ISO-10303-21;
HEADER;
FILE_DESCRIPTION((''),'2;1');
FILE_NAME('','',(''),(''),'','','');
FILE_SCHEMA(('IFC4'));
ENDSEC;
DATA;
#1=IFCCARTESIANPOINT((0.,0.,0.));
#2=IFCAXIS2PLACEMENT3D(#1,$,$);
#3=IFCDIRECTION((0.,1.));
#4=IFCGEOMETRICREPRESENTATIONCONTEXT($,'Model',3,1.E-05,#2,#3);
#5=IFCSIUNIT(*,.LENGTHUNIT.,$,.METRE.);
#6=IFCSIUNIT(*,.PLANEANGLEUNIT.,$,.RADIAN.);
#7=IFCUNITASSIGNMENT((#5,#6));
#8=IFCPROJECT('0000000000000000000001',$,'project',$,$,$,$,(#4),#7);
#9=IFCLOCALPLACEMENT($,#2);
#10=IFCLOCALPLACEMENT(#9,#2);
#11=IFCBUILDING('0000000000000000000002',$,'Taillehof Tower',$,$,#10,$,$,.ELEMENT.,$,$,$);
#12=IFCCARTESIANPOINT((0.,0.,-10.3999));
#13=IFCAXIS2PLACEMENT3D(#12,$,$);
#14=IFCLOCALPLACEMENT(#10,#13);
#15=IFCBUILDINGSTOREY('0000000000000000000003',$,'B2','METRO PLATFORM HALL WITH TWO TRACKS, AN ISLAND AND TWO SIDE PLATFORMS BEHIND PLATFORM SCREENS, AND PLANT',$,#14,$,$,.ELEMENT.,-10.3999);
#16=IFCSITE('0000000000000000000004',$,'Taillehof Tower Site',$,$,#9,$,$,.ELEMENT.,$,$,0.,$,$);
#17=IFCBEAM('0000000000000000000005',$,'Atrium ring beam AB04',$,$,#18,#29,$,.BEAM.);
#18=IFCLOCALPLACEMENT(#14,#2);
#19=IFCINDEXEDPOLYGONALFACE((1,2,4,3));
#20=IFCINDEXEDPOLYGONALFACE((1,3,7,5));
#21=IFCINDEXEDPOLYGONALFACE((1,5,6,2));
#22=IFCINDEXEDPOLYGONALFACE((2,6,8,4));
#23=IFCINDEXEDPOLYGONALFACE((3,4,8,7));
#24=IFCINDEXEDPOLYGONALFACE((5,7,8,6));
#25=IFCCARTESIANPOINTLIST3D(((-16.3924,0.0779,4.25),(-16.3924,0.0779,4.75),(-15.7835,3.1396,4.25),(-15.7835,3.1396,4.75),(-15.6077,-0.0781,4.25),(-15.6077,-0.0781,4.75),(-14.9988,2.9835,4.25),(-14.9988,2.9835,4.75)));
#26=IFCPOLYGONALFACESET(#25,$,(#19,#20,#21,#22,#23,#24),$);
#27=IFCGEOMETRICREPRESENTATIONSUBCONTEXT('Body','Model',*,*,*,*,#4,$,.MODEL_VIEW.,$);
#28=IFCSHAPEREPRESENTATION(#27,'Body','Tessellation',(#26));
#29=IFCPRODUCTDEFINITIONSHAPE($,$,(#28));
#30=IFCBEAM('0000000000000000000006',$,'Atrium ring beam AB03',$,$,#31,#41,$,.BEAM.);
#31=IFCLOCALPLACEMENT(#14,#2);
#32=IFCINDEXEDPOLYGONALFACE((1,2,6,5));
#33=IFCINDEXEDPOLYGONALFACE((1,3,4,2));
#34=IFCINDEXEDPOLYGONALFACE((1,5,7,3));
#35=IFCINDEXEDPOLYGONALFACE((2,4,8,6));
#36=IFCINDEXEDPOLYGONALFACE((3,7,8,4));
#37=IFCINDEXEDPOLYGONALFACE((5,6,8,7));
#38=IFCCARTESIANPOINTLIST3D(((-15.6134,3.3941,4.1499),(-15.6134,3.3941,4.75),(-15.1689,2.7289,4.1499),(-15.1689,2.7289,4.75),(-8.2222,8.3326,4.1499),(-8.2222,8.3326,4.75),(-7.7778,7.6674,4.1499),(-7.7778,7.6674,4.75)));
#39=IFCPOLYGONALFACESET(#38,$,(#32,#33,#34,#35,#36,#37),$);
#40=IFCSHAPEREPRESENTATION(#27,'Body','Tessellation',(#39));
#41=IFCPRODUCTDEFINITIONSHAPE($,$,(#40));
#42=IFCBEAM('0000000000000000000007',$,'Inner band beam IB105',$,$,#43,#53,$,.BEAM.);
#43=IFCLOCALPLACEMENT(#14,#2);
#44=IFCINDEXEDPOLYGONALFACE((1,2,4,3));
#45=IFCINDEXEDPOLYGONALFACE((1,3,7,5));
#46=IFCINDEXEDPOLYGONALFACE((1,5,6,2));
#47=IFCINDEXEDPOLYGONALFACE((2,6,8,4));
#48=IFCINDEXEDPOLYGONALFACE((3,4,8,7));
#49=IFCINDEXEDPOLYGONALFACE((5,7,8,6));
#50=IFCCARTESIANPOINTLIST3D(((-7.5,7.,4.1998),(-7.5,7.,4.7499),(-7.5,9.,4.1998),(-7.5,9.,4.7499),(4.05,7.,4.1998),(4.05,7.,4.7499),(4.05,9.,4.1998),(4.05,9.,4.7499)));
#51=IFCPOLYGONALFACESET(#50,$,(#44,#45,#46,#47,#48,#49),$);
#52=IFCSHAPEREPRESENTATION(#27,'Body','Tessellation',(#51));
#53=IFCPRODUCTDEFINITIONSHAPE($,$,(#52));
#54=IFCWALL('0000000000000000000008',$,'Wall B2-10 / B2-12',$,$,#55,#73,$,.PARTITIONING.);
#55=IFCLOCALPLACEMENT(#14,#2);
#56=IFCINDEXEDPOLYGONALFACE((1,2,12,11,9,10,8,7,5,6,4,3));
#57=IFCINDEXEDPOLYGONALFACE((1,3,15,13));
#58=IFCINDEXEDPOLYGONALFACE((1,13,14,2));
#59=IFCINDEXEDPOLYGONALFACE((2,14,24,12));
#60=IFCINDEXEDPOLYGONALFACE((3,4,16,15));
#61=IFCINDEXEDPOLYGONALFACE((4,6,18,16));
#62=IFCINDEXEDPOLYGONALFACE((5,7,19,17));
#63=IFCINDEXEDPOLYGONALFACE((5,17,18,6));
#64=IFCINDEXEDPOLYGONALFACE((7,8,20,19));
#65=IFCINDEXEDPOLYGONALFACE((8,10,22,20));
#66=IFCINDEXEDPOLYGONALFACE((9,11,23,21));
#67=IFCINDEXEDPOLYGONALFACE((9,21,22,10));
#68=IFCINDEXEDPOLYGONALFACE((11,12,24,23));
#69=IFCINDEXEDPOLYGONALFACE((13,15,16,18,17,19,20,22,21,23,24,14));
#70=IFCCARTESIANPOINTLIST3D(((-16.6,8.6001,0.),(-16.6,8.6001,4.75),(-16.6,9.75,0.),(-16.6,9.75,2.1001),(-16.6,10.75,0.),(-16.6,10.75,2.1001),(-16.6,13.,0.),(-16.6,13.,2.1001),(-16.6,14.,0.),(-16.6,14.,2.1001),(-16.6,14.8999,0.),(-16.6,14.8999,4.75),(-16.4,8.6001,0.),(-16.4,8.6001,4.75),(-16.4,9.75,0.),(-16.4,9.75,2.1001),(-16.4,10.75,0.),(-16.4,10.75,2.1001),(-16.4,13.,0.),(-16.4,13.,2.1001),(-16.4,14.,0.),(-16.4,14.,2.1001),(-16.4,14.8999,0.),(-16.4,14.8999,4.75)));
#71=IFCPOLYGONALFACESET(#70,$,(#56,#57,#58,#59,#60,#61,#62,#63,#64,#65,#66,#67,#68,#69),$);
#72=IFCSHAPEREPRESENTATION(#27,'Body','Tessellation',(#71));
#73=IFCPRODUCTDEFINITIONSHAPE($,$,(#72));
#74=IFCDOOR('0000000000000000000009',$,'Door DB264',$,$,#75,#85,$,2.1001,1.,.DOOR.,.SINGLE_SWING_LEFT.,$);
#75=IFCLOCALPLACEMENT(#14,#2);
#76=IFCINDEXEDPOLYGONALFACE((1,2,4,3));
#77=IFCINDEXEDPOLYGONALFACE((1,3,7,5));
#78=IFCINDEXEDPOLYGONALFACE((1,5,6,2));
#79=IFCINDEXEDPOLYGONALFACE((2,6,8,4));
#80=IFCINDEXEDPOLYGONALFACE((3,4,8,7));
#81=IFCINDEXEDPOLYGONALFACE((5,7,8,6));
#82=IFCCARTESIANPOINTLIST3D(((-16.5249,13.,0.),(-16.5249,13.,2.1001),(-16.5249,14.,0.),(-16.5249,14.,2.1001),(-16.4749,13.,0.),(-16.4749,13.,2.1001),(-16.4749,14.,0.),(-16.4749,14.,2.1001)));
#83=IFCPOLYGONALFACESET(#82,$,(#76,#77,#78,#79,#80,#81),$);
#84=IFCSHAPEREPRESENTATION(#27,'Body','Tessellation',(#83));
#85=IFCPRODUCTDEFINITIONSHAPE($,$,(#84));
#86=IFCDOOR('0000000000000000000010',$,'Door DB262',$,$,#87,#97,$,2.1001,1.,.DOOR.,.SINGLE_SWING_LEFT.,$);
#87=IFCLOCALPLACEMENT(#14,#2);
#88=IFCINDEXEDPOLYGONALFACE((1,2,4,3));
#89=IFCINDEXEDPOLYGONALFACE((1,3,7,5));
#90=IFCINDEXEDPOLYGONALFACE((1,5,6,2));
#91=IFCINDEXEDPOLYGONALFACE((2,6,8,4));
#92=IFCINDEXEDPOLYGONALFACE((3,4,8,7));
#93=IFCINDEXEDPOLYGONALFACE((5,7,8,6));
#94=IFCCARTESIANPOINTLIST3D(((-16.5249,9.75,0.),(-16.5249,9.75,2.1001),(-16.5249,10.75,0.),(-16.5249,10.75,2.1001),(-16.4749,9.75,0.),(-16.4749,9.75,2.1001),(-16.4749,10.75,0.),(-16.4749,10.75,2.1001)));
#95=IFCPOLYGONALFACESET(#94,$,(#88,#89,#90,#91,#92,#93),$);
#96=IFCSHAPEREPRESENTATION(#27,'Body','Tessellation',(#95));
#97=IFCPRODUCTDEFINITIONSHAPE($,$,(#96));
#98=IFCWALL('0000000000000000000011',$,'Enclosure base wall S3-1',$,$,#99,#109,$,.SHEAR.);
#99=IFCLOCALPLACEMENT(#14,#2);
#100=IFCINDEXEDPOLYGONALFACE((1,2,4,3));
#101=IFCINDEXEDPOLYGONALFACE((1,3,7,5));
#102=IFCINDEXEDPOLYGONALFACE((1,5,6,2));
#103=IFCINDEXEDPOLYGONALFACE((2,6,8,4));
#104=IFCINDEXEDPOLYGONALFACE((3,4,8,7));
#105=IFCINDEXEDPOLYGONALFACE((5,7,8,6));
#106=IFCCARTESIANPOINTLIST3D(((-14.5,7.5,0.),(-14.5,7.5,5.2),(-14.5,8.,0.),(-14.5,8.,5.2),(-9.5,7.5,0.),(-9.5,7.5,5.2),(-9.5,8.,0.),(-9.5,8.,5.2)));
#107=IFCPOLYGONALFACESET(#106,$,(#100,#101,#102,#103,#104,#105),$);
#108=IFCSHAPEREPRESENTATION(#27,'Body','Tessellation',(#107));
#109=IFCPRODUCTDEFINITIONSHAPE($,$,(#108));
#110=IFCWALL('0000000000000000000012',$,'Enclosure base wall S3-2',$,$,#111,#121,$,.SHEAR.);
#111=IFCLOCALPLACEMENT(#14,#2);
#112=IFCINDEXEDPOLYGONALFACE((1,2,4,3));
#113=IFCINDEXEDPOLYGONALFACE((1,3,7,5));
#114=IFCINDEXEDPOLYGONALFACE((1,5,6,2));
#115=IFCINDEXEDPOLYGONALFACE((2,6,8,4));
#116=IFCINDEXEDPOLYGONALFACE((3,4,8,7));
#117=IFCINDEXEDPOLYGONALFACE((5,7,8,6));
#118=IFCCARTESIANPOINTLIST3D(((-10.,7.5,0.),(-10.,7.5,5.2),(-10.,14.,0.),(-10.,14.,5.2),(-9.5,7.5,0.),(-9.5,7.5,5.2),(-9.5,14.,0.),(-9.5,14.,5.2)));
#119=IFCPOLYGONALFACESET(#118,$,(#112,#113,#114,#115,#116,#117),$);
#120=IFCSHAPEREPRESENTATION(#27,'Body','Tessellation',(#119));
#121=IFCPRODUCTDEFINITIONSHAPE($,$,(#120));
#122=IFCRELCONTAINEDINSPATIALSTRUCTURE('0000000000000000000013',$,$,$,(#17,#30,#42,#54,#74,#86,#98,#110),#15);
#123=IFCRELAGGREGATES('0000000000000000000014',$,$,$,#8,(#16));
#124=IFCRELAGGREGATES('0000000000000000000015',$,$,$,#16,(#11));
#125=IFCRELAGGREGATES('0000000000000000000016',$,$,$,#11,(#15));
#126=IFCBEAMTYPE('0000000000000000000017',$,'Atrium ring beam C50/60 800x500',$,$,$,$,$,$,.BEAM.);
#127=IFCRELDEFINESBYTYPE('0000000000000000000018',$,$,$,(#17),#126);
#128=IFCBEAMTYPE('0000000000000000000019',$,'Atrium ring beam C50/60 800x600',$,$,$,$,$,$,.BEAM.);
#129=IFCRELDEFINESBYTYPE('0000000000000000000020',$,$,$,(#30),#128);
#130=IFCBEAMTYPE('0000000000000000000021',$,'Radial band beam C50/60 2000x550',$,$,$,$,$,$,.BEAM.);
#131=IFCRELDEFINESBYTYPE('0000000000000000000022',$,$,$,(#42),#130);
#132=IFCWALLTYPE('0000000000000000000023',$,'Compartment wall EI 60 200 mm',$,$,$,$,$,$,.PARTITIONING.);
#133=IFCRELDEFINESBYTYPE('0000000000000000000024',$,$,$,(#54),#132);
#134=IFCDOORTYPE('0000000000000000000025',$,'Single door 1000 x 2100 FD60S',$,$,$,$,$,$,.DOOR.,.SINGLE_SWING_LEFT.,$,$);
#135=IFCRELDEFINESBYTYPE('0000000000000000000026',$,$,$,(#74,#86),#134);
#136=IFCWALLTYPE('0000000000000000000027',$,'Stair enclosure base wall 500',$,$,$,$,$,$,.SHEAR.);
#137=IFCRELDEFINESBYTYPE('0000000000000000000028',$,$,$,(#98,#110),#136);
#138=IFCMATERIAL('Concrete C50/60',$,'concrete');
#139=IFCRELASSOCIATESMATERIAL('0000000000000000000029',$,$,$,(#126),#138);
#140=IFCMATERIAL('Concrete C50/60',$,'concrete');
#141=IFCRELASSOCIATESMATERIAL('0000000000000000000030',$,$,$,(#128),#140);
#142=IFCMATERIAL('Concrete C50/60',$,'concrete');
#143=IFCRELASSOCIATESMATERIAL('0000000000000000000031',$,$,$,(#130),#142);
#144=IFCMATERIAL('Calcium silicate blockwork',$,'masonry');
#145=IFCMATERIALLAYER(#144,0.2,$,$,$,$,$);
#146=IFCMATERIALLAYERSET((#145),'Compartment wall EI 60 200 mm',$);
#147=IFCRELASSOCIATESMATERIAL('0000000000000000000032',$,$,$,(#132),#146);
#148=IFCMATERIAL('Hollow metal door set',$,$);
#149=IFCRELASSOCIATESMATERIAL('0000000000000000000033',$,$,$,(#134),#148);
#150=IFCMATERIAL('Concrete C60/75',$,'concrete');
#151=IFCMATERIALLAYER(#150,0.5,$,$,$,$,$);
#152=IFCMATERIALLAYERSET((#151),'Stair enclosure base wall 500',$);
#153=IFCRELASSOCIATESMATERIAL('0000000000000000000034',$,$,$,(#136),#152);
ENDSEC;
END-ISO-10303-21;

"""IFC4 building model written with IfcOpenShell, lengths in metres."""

from ifc_helpers import new_model, si_unit, direction, frame, frame_2d, origin, origin_2d, place, context, subcontext, project, spatial, rectangle, extrude, material, layer, layer_set, material_profile, profile_set, type_object, element, fill, save


model = new_model("IFC4")

# Units and contexts
model_context = context("Model", 3, precision=1e-05, world=origin(), true_north=direction((0.0, 1.0)))
body_context = subcontext(model_context, "Body", "Model", "MODEL_VIEW")
ifc_project = project(units=[si_unit("LENGTHUNIT", "METRE"), si_unit("PLANEANGLEUNIT", "RADIAN")], contexts=[model_context])

# Site, building, storey
site_placement = place(None, origin())
site = spatial("IfcSite", under=ifc_project, at=site_placement, Name="Taillehof Tower Site", CompositionType="ELEMENT", RefElevation=0.0)
building_placement = place(site_placement, origin())
building = spatial("IfcBuilding", under=site, at=building_placement, Name="Taillehof Tower", CompositionType="ELEMENT")
storey_placement = place(building_placement, frame((0.0, 0.0, -10.3999)))
storey = spatial("IfcBuildingStorey", under=building, at=storey_placement, Name="B2", Description="METRO PLATFORM HALL WITH TWO TRACKS, AN ISLAND AND TWO SIDE PLATFORMS BEHIND PLATFORM SCREENS, AND PLANT", CompositionType="ELEMENT", Elevation=-10.3999)

# Beams
ifc_material_1 = material(Name="Concrete C50/60", Category="concrete")
ifc_material_profile_1 = material_profile(ifc_material_1, rectangle(XDim=0.8, YDim=0.5, at=origin_2d()), Name="RC 800x500")
ifc_profile_set_1 = profile_set([ifc_material_profile_1], Name="Concrete C50/60")
beam_type_1 = type_object("IfcBeamType", Name="Atrium ring beam C50/60 800x500", PredefinedType="BEAM", material=ifc_profile_set_1)
beam_1_placement = place(storey_placement, frame((-15.3911, 3.0615, 4.5), z_axis=(-0.195063, -0.980791, 0.0), x_axis=(0.980791, -0.195063, 0.0)))
element("IfcBeam", 1, at=beam_1_placement, inside=storey, type_object=beam_type_1, Name="Atrium ring beam AB04", PredefinedType="BEAM", context=body_context, shape_type="SweptSolid", body=[
    extrude(rectangle(XDim=0.8, YDim=0.5, at=origin_2d()), origin(), (0.0, 0.0, 1.0), 3.1216),
])
ifc_material_2 = material(Name="Concrete C50/60", Category="concrete")
ifc_material_profile_2 = material_profile(ifc_material_2, rectangle(XDim=0.8, YDim=0.6001, at=origin_2d()), Name="RC 800x600")
ifc_profile_set_2 = profile_set([ifc_material_profile_2], Name="Concrete C50/60")
beam_type_2 = type_object("IfcBeamType", Name="Atrium ring beam C50/60 800x600", PredefinedType="BEAM", material=ifc_profile_set_2)
beam_2_placement = place(storey_placement, frame((-8.0, 8.0, 4.45), z_axis=(-0.831475, -0.555562, 0.0), x_axis=(0.555562, -0.831475, 0.0)))
element("IfcBeam", 2, at=beam_2_placement, inside=storey, type_object=beam_type_2, Name="Atrium ring beam AB03", PredefinedType="BEAM", context=body_context, shape_type="SweptSolid", body=[
    extrude(rectangle(XDim=0.8, YDim=0.6001, at=origin_2d()), origin(), (0.0, 0.0, 1.0), 8.8892),
])
ifc_material_3 = material(Name="Concrete C50/60", Category="concrete")
ifc_material_profile_3 = material_profile(ifc_material_3, rectangle(XDim=2.0, YDim=0.55, at=origin_2d()), Name="RC 2000x550")
ifc_profile_set_3 = profile_set([ifc_material_profile_3], Name="Concrete C50/60")
beam_type_3 = type_object("IfcBeamType", Name="Radial band beam C50/60 2000x550", PredefinedType="BEAM", material=ifc_profile_set_3)
beam_3_placement = place(storey_placement, frame((-7.5, 8.0, 4.4749), z_axis=(1.0, 0.0, 0.0), x_axis=(0.0, 1.0, 0.0)))
element("IfcBeam", 3, at=beam_3_placement, inside=storey, type_object=beam_type_3, Name="Inner band beam IB105", PredefinedType="BEAM", context=body_context, shape_type="SweptSolid", body=[
    extrude(rectangle(XDim=2.0, YDim=0.55, at=origin_2d()), origin(), (0.0, 0.0, 1.0), 11.55),
])

# Wall, openings, doors
ifc_material_4 = material(Name="Calcium silicate blockwork", Category="masonry")
ifc_layer_1 = layer(ifc_material_4, 0.2)
ifc_layer_set_1 = layer_set([ifc_layer_1], Name="Compartment wall EI 60 200 mm")
wall_type_1 = type_object("IfcWallType", Name="Compartment wall EI 60 200 mm", PredefinedType="PARTITIONING", material=ifc_layer_set_1)
wall_1_placement = place(storey_placement, frame((-16.5, 8.6001, 0.0), z_axis=(0.0, 0.0, 1.0), x_axis=(0.0, 1.0, 0.0)))
wall_1 = element("IfcWall", 4, at=wall_1_placement, inside=storey, type_object=wall_type_1, Name="Wall B2-10 / B2-12", PredefinedType="PARTITIONING", context=body_context, shape_type="SweptSolid", body=[
    extrude(rectangle(XDim=6.2998, YDim=0.2, at=frame_2d((3.1499, 0.0))), origin(), (0.0, 0.0, 1.0), 4.75),
])
opening_1_placement = place(wall_1_placement, frame((4.3999, 0.0, 0.0)))
opening_1 = element("IfcOpeningElement", 5, at=opening_1_placement, cuts=wall_1, PredefinedType="OPENING", context=body_context, shape_type="SweptSolid", body=[
    extrude(rectangle(XDim=1.0, YDim=2.1001, at=frame_2d((0.5, 1.05))), frame((0.0, 0.1099, 0.0), z_axis=(0.0, -1.0, 0.0), x_axis=(1.0, 0.0, 0.0)), (0.0, 0.0, 1.0), 0.22),
])
opening_2_placement = place(wall_1_placement, frame((1.1499, 0.0, 0.0)))
opening_2 = element("IfcOpeningElement", 6, at=opening_2_placement, cuts=wall_1, PredefinedType="OPENING", context=body_context, shape_type="SweptSolid", body=[
    extrude(rectangle(XDim=1.0, YDim=2.1001, at=frame_2d((0.5, 1.05))), frame((0.0, 0.1099, 0.0), z_axis=(0.0, -1.0, 0.0), x_axis=(1.0, 0.0, 0.0)), (0.0, 0.0, 1.0), 0.22),
])
ifc_material_5 = material(Name="Hollow metal door set")
door_type = type_object("IfcDoorType", Name="Single door 1000 x 2100 FD60S", OperationType="SINGLE_SWING_LEFT", PredefinedType="DOOR", material=ifc_material_5)
door_1_placement = place(opening_1_placement, origin())
door_1 = element("IfcDoor", 7, at=door_1_placement, inside=storey, type_object=door_type, Name="Door DB264", OperationType="SINGLE_SWING_LEFT", OverallHeight=2.1001, OverallWidth=1.0, PredefinedType="DOOR", context=body_context, shape_type="SweptSolid", body=[
    extrude(rectangle(XDim=1.0, YDim=2.1001, at=frame_2d((0.5, 1.05))), frame((0.0, 0.0249, 0.0), z_axis=(0.0, -1.0, 0.0), x_axis=(1.0, 0.0, 0.0)), (0.0, 0.0, 1.0), 0.05),
])
fill(opening_1, door_1)
door_2_placement = place(opening_2_placement, origin())
door_2 = element("IfcDoor", 8, at=door_2_placement, inside=storey, type_object=door_type, Name="Door DB262", OperationType="SINGLE_SWING_LEFT", OverallHeight=2.1001, OverallWidth=1.0, PredefinedType="DOOR", context=body_context, shape_type="SweptSolid", body=[
    extrude(rectangle(XDim=1.0, YDim=2.1001, at=frame_2d((0.5, 1.05))), frame((0.0, 0.0249, 0.0), z_axis=(0.0, -1.0, 0.0), x_axis=(1.0, 0.0, 0.0)), (0.0, 0.0, 1.0), 0.05),
])
fill(opening_2, door_2)

# Walls
ifc_material_6 = material(Name="Concrete C60/75", Category="concrete")
ifc_layer_2 = layer(ifc_material_6, 0.5)
ifc_layer_set_2 = layer_set([ifc_layer_2], Name="Stair enclosure base wall 500")
wall_type_2 = type_object("IfcWallType", Name="Stair enclosure base wall 500", PredefinedType="SHEAR", material=ifc_layer_set_2)
wall_2_placement = place(storey_placement, frame((-14.5, 7.75, 0.0), z_axis=(0.0, 0.0, 1.0), x_axis=(1.0, 0.0, 0.0)))
element("IfcWall", 9, at=wall_2_placement, inside=storey, type_object=wall_type_2, Name="Enclosure base wall S3-1", PredefinedType="SHEAR", context=body_context, shape_type="SweptSolid", body=[
    extrude(rectangle(XDim=5.0, YDim=0.5, at=frame_2d((2.5, 0.0))), origin(), (0.0, 0.0, 1.0), 5.2),
])
wall_3_placement = place(storey_placement, frame((-9.75, 7.5, 0.0), z_axis=(0.0, 0.0, 1.0), x_axis=(0.0, 1.0, 0.0)))
element("IfcWall", 10, at=wall_3_placement, inside=storey, type_object=wall_type_2, Name="Enclosure base wall S3-2", PredefinedType="SHEAR", context=body_context, shape_type="SweptSolid", body=[
    extrude(rectangle(XDim=6.5, YDim=0.5, at=frame_2d((3.25, 0.0))), origin(), (0.0, 0.0, 1.0), 5.2),
])

save(model, "model.ifc")
